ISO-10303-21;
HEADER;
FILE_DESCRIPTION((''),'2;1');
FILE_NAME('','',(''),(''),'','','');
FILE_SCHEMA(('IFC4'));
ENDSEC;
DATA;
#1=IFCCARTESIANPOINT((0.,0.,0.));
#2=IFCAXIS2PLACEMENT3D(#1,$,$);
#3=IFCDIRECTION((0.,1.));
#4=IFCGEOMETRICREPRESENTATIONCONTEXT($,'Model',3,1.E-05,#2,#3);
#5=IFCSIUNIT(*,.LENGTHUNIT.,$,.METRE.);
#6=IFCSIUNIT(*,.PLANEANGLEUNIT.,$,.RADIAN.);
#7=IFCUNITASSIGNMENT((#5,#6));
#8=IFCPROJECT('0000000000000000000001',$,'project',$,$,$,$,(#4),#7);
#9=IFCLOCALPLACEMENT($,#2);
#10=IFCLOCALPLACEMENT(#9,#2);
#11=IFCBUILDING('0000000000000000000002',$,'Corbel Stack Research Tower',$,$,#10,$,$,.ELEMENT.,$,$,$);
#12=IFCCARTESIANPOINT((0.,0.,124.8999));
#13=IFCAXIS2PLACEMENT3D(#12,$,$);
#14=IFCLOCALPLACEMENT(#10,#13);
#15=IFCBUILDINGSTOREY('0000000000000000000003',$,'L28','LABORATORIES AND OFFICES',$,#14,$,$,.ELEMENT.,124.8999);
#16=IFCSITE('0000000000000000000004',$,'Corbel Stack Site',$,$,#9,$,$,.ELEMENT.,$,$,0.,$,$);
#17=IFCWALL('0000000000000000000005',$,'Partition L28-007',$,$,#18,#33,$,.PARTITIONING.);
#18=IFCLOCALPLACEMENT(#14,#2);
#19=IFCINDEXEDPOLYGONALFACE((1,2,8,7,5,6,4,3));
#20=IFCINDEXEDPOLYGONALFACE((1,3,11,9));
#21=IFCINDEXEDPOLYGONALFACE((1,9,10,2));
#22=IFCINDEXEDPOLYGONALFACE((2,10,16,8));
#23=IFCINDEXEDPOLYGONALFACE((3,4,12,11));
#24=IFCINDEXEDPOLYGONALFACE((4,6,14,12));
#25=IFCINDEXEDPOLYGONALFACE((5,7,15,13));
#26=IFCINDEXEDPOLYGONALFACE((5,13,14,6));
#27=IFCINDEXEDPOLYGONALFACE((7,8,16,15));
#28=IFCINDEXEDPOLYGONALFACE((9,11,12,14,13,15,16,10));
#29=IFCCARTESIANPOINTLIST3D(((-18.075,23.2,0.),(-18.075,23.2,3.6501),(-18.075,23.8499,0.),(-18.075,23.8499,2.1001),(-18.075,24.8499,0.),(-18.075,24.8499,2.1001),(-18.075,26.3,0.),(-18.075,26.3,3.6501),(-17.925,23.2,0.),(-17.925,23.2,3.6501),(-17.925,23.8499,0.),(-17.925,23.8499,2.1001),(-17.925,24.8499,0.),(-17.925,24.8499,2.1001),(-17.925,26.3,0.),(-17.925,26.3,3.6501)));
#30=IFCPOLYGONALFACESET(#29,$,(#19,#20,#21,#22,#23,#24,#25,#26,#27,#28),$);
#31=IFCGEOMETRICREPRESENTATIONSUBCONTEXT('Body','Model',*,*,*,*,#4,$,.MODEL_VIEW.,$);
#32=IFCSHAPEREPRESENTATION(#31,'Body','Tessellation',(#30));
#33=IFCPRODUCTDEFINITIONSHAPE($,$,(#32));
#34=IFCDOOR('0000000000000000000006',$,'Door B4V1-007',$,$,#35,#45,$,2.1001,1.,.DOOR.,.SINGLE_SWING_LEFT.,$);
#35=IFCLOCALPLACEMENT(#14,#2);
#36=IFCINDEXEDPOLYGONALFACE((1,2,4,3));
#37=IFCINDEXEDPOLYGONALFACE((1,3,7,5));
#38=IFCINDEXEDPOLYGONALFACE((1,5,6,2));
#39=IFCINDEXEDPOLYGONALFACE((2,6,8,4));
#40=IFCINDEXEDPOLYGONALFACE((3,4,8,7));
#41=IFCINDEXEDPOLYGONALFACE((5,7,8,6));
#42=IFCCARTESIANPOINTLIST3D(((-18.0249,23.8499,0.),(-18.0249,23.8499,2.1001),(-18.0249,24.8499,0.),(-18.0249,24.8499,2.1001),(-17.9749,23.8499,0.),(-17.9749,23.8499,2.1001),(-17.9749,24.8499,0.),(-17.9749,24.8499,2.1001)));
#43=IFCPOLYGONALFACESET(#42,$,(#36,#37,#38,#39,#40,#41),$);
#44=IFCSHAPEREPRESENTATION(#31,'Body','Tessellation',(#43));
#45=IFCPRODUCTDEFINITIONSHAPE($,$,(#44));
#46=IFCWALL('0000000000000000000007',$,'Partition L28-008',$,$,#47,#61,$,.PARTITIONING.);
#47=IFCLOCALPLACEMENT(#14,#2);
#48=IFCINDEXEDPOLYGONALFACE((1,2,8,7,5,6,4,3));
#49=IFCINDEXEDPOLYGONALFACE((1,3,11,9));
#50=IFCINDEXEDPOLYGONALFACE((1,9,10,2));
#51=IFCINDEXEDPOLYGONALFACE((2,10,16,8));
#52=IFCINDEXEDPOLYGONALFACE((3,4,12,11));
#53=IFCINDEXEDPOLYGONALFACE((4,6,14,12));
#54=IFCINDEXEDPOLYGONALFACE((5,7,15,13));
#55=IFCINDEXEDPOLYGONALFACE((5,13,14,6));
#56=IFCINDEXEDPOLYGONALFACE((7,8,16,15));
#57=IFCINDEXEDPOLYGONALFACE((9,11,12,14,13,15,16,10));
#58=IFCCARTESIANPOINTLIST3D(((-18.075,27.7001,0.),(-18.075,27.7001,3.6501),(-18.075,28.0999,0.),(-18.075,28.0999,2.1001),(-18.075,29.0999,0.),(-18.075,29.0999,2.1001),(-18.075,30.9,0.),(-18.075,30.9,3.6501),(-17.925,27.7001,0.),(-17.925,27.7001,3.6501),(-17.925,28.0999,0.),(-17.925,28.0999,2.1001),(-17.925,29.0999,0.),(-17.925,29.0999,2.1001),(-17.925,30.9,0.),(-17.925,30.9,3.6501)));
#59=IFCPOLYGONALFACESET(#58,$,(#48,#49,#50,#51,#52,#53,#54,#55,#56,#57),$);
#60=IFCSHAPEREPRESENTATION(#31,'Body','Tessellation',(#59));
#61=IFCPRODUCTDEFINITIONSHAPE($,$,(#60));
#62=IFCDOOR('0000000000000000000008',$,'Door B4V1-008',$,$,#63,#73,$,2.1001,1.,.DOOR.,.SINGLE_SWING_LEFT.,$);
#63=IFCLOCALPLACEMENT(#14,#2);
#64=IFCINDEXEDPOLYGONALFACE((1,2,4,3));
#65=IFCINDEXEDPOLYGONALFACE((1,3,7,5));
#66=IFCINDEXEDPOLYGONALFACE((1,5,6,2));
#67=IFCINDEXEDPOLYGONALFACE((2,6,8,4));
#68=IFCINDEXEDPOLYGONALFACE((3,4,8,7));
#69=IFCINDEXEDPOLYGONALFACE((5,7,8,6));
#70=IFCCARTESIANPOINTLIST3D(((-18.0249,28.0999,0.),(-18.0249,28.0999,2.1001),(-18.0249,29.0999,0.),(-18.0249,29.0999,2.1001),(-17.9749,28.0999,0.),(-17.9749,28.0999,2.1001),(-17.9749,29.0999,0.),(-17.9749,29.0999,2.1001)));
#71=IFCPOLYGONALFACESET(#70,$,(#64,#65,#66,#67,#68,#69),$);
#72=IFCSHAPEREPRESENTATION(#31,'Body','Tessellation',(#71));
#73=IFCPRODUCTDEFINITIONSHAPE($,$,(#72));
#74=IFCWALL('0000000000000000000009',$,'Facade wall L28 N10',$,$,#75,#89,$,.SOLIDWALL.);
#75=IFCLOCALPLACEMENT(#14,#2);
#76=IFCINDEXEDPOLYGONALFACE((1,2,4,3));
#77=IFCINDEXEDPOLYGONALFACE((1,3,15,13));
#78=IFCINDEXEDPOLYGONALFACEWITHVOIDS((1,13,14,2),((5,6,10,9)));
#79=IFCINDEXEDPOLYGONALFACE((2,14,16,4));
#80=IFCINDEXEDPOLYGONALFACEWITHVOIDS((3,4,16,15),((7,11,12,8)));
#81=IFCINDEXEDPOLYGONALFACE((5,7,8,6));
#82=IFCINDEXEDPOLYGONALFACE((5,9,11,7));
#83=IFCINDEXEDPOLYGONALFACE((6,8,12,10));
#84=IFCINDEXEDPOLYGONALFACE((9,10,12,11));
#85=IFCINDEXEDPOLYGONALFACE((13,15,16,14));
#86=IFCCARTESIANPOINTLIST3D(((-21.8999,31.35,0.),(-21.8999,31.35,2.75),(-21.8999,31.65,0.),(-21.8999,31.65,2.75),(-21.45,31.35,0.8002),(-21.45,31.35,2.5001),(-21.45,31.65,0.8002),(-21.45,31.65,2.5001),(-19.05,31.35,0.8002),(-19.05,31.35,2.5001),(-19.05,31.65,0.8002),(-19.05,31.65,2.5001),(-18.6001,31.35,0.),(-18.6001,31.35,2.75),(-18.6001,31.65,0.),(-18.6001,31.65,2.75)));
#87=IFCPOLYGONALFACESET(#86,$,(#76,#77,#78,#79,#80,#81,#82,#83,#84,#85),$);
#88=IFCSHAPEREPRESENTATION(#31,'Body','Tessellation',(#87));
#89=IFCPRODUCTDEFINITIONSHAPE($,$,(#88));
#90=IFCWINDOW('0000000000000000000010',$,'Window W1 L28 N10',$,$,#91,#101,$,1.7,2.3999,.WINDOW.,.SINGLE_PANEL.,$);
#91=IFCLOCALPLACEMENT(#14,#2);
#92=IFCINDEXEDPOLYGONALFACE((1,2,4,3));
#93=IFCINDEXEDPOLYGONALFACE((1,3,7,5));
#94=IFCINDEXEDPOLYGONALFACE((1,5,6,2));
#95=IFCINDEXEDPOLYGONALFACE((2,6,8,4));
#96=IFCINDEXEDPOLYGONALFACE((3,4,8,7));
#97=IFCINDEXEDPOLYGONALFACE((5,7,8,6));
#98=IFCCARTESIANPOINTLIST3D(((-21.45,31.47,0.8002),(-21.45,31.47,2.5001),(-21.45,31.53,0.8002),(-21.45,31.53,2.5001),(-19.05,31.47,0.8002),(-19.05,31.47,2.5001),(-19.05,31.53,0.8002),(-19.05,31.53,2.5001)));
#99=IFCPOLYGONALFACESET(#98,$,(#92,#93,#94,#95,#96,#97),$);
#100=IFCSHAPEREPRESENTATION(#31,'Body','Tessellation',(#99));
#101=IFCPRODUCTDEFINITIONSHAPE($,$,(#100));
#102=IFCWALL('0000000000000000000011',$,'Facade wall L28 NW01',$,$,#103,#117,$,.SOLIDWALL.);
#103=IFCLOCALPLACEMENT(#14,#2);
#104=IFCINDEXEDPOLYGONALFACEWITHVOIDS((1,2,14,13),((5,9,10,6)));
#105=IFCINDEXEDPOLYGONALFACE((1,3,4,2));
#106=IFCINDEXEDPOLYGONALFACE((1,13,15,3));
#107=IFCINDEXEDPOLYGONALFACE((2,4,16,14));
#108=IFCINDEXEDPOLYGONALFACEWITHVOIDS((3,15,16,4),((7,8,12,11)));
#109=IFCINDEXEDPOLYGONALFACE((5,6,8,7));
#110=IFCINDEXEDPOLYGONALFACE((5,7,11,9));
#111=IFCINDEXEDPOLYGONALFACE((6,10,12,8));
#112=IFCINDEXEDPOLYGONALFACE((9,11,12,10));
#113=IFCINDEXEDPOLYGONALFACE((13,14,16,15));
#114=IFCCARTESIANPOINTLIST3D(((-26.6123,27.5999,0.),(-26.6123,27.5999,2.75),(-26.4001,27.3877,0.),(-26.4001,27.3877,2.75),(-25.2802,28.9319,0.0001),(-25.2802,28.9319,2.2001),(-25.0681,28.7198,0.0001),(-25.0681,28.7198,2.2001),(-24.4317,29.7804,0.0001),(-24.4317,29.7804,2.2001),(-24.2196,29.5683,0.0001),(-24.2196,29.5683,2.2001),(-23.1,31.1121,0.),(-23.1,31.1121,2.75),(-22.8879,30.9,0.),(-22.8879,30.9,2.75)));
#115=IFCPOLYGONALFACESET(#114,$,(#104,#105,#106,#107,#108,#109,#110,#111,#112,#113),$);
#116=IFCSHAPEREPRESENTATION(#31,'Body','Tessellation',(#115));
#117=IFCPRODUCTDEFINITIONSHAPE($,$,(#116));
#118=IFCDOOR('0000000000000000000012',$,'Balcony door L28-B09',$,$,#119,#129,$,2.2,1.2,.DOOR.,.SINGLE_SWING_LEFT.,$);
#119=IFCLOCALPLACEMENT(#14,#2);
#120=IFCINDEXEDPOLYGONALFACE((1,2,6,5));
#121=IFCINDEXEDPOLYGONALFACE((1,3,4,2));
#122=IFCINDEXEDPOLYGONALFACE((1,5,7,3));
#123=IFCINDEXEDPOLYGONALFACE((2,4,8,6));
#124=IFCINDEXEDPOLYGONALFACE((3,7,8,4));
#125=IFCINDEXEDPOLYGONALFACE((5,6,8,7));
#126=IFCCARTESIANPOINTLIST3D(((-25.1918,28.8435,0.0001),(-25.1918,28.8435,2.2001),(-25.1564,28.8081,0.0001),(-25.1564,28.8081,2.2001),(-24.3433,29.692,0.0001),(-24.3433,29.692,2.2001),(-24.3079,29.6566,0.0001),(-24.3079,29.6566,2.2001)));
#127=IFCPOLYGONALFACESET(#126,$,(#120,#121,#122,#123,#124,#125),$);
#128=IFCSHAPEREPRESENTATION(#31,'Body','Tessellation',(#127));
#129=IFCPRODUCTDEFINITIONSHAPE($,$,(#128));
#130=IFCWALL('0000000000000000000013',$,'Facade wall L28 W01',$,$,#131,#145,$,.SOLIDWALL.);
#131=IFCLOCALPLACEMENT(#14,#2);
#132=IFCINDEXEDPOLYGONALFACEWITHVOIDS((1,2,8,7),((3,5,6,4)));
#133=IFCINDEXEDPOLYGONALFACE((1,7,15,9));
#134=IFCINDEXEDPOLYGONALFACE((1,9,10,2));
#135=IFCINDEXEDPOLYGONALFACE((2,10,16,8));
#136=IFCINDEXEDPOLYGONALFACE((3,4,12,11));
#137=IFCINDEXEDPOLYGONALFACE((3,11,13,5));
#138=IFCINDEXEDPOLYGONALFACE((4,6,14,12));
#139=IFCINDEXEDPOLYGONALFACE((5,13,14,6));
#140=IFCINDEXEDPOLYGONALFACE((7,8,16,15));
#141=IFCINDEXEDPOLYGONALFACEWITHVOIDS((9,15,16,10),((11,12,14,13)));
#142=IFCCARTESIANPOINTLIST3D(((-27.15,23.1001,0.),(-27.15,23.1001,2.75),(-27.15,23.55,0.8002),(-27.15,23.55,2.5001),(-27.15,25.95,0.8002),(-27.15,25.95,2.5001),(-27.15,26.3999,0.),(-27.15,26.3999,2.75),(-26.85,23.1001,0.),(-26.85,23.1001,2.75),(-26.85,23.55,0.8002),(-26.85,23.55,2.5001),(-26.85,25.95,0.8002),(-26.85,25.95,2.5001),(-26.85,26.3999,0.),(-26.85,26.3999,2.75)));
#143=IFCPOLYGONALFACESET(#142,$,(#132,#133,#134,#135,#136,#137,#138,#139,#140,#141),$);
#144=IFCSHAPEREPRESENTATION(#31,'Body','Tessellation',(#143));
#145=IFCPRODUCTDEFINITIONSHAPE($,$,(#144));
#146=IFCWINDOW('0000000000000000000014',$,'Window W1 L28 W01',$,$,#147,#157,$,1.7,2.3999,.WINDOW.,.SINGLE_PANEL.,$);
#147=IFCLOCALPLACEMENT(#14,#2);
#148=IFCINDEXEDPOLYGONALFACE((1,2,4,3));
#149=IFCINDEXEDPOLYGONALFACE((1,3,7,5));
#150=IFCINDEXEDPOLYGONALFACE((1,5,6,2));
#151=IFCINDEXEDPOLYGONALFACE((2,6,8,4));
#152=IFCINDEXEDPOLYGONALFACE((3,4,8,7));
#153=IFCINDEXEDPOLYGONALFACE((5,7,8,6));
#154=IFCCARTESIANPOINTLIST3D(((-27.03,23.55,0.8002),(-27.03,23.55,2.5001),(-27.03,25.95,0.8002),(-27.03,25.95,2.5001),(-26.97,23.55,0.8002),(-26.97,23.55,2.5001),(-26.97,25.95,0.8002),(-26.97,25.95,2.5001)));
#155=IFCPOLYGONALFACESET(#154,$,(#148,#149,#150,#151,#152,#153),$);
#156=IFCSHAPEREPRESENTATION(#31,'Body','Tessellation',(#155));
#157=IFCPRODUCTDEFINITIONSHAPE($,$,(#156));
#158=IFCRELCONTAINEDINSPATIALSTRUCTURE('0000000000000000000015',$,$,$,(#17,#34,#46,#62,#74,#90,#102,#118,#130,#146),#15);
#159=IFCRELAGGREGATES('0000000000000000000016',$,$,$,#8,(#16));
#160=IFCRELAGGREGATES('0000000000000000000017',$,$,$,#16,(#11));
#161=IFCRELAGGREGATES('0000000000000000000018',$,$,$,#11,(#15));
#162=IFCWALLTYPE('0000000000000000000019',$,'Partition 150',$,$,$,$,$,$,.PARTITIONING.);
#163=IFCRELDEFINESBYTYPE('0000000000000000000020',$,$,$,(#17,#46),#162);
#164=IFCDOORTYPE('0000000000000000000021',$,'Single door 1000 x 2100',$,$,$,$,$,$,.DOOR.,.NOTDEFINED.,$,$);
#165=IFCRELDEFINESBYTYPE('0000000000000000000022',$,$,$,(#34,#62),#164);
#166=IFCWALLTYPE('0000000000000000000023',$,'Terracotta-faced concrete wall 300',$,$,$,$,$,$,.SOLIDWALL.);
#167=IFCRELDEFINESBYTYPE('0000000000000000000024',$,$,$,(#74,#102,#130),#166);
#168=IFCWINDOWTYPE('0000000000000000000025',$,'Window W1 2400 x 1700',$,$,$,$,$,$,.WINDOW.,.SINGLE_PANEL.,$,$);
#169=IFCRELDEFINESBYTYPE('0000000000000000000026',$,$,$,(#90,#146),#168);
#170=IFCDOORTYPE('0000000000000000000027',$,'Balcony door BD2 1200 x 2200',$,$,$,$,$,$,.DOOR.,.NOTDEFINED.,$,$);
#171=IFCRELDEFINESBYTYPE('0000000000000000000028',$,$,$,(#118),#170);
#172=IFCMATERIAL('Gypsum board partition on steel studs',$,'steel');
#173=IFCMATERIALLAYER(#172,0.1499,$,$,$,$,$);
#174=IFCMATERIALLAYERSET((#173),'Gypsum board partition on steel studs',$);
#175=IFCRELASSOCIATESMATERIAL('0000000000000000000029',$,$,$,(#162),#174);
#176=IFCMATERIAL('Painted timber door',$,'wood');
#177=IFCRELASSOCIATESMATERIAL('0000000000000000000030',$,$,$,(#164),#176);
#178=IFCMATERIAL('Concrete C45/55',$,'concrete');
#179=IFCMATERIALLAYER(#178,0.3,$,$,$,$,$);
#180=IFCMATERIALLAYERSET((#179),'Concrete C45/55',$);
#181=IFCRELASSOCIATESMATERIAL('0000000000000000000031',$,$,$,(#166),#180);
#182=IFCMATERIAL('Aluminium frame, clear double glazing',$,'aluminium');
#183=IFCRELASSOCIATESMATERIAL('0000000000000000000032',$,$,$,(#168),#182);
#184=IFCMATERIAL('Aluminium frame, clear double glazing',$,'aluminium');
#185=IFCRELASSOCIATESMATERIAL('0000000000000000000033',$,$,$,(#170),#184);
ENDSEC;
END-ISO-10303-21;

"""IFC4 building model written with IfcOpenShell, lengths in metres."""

from ifc_helpers import new_model, si_unit, direction, frame, frame_2d, origin, place, context, subcontext, project, spatial, rectangle, extrude, material, layer, layer_set, type_object, element, fill, save


model = new_model("IFC4")

# Units and contexts
model_context = context("Model", 3, precision=1e-05, world=origin(), true_north=direction((0.0, 1.0)))
body_context = subcontext(model_context, "Body", "Model", "MODEL_VIEW")
ifc_project = project(units=[si_unit("LENGTHUNIT", "METRE"), si_unit("PLANEANGLEUNIT", "RADIAN")], contexts=[model_context])

# Site, building, storey
site_placement = place(None, origin())
site = spatial("IfcSite", under=ifc_project, at=site_placement, Name="Corbel Stack Site", CompositionType="ELEMENT", RefElevation=0.0)
building_placement = place(site_placement, origin())
building = spatial("IfcBuilding", under=site, at=building_placement, Name="Corbel Stack Research Tower", CompositionType="ELEMENT")
storey_placement = place(building_placement, frame((0.0, 0.0, 124.8999)))
storey = spatial("IfcBuildingStorey", under=building, at=storey_placement, Name="L28", Description="LABORATORIES AND OFFICES", CompositionType="ELEMENT", Elevation=124.8999)

# Walls, openings, doors
ifc_material_1 = material(Name="Gypsum board partition on steel studs", Category="steel")
ifc_layer_1 = layer(ifc_material_1, 0.1499)
ifc_layer_set_1 = layer_set([ifc_layer_1], Name="Gypsum board partition on steel studs")
wall_type_1 = type_object("IfcWallType", Name="Partition 150", PredefinedType="PARTITIONING", material=ifc_layer_set_1)
wall_1_placement = place(storey_placement, frame((-18.0, 23.2, 0.0), z_axis=(0.0, 0.0, 1.0), x_axis=(0.0, 1.0, 0.0)))
wall_1 = element("IfcWall", 1, at=wall_1_placement, inside=storey, type_object=wall_type_1, Name="Partition L28-007", PredefinedType="PARTITIONING", context=body_context, shape_type="SweptSolid", body=[
    extrude(rectangle(XDim=3.1001, YDim=0.1499, at=frame_2d((1.55, 0.0))), origin(), (0.0, 0.0, 1.0), 3.6501),
])
opening_1_placement = place(wall_1_placement, frame((0.6499, 0.0, 0.0)))
opening_1 = element("IfcOpeningElement", 2, at=opening_1_placement, cuts=wall_1, PredefinedType="OPENING", context=body_context, shape_type="SweptSolid", body=[
    extrude(rectangle(XDim=1.0, YDim=2.1001, at=frame_2d((0.5, 1.05))), frame((0.0, 0.085, 0.0), z_axis=(0.0, -1.0, 0.0), x_axis=(1.0, 0.0, 0.0)), (0.0, 0.0, 1.0), 0.1699),
])
ifc_material_2 = material(Name="Painted timber door", Category="wood")
door_type_1 = type_object("IfcDoorType", Name="Single door 1000 x 2100", OperationType="NOTDEFINED", PredefinedType="DOOR", material=ifc_material_2)
door_1_placement = place(opening_1_placement, origin())
door_1 = element("IfcDoor", 3, at=door_1_placement, inside=storey, type_object=door_type_1, Name="Door B4V1-007", OperationType="SINGLE_SWING_LEFT", OverallHeight=2.1001, OverallWidth=1.0, PredefinedType="DOOR", context=body_context, shape_type="SweptSolid", body=[
    extrude(rectangle(XDim=1.0, YDim=2.1001, at=frame_2d((0.5, 1.05))), frame((0.0, 0.0249, 0.0), z_axis=(0.0, -1.0, 0.0), x_axis=(1.0, 0.0, 0.0)), (0.0, 0.0, 1.0), 0.05),
])
fill(opening_1, door_1)
wall_2_placement = place(storey_placement, frame((-18.0, 27.7, 0.0), z_axis=(0.0, 0.0, 1.0), x_axis=(0.0, 1.0, 0.0)))
wall_2 = element("IfcWall", 4, at=wall_2_placement, inside=storey, type_object=wall_type_1, Name="Partition L28-008", PredefinedType="PARTITIONING", context=body_context, shape_type="SweptSolid", body=[
    extrude(rectangle(XDim=3.2, YDim=0.1499, at=frame_2d((1.6001, 0.0))), origin(), (0.0, 0.0, 1.0), 3.6501),
])
opening_2_placement = place(wall_2_placement, frame((0.3999, 0.0, 0.0)))
opening_2 = element("IfcOpeningElement", 5, at=opening_2_placement, cuts=wall_2, PredefinedType="OPENING", context=body_context, shape_type="SweptSolid", body=[
    extrude(rectangle(XDim=1.0, YDim=2.1001, at=frame_2d((0.5, 1.05))), frame((0.0, 0.085, 0.0), z_axis=(0.0, -1.0, 0.0), x_axis=(1.0, 0.0, 0.0)), (0.0, 0.0, 1.0), 0.1699),
])
door_2_placement = place(opening_2_placement, origin())
door_2 = element("IfcDoor", 6, at=door_2_placement, inside=storey, type_object=door_type_1, Name="Door B4V1-008", OperationType="SINGLE_SWING_LEFT", OverallHeight=2.1001, OverallWidth=1.0, PredefinedType="DOOR", context=body_context, shape_type="SweptSolid", body=[
    extrude(rectangle(XDim=1.0, YDim=2.1001, at=frame_2d((0.5, 1.05))), frame((0.0, 0.0249, 0.0), z_axis=(0.0, -1.0, 0.0), x_axis=(1.0, 0.0, 0.0)), (0.0, 0.0, 1.0), 0.05),
])
fill(opening_2, door_2)

# Wall, opening, window
ifc_material_3 = material(Name="Concrete C45/55", Category="concrete")
ifc_layer_2 = layer(ifc_material_3, 0.3)
ifc_layer_set_2 = layer_set([ifc_layer_2], Name="Concrete C45/55")
wall_type_2 = type_object("IfcWallType", Name="Terracotta-faced concrete wall 300", PredefinedType="SOLIDWALL", material=ifc_layer_set_2)
wall_3_placement = place(storey_placement, frame((-21.8999, 31.5, 0.0), z_axis=(0.0, 0.0, 1.0), x_axis=(1.0, 0.0, 0.0)))
wall_3 = element("IfcWall", 7, at=wall_3_placement, inside=storey, type_object=wall_type_2, Name="Facade wall L28 N10", PredefinedType="SOLIDWALL", context=body_context, shape_type="SweptSolid", body=[
    extrude(rectangle(XDim=3.2998, YDim=0.3, at=frame_2d((1.6499, 0.0))), origin(), (0.0, 0.0, 1.0), 2.75),
])
opening_3_placement = place(wall_3_placement, frame((0.45, 0.0, 0.8)))
opening_3 = element("IfcOpeningElement", 8, at=opening_3_placement, cuts=wall_3, PredefinedType="OPENING", context=body_context, shape_type="SweptSolid", body=[
    extrude(rectangle(XDim=2.3999, YDim=1.7, at=frame_2d((1.2, 0.8501))), frame((0.0, 0.1599, 0.0), z_axis=(0.0, -1.0, 0.0), x_axis=(1.0, 0.0, 0.0)), (0.0, 0.0, 1.0), 0.3201),
])
ifc_material_4 = material(Name="Aluminium frame, clear double glazing", Category="aluminium")
window_type = type_object("IfcWindowType", Name="Window W1 2400 x 1700", PartitioningType="SINGLE_PANEL", PredefinedType="WINDOW", material=ifc_material_4)
window_1_placement = place(opening_3_placement, origin())
window_1 = element("IfcWindow", 9, at=window_1_placement, inside=storey, type_object=window_type, Name="Window W1 L28 N10", OverallHeight=1.7, OverallWidth=2.3999, PartitioningType="SINGLE_PANEL", PredefinedType="WINDOW", context=body_context, shape_type="SweptSolid", body=[
    extrude(rectangle(XDim=2.3999, YDim=1.7, at=frame_2d((1.2, 0.8501))), frame((0.0, 0.03, 0.0), z_axis=(0.0, -1.0, 0.0), x_axis=(1.0, 0.0, 0.0)), (0.0, 0.0, 1.0), 0.0601),
])
fill(opening_3, window_1)

# Wall, opening, door
wall_4_placement = place(storey_placement, frame((-26.5061, 27.4939, 0.0), z_axis=(0.0, 0.0, 1.0), x_axis=(0.707107, 0.707107, 0.0)))
wall_4 = element("IfcWall", 10, at=wall_4_placement, inside=storey, type_object=wall_type_2, Name="Facade wall L28 NW01", PredefinedType="SOLIDWALL", context=body_context, shape_type="SweptSolid", body=[
    extrude(rectangle(XDim=4.967, YDim=0.3, at=frame_2d((2.4834, 0.0))), origin(), (0.0, 0.0, 1.0), 2.75),
])
opening_4_placement = place(wall_4_placement, frame((1.8835, 0.0, 0.0)))
opening_4 = element("IfcOpeningElement", 11, at=opening_4_placement, cuts=wall_4, PredefinedType="OPENING", context=body_context, shape_type="SweptSolid", body=[
    extrude(rectangle(XDim=1.2, YDim=2.2, at=frame_2d((0.6001, 1.1001))), frame((0.0, 0.1599, 0.0), z_axis=(0.0, -1.0, 0.0), x_axis=(1.0, 0.0, 0.0)), (0.0, 0.0, 1.0), 0.3201),
])
ifc_material_5 = material(Name="Aluminium frame, clear double glazing", Category="aluminium")
door_type_2 = type_object("IfcDoorType", Name="Balcony door BD2 1200 x 2200", OperationType="NOTDEFINED", PredefinedType="DOOR", material=ifc_material_5)
door_3_placement = place(opening_4_placement, origin())
door_3 = element("IfcDoor", 12, at=door_3_placement, inside=storey, type_object=door_type_2, Name="Balcony door L28-B09", OperationType="SINGLE_SWING_LEFT", OverallHeight=2.2, OverallWidth=1.2, PredefinedType="DOOR", context=body_context, shape_type="SweptSolid", body=[
    extrude(rectangle(XDim=1.2, YDim=2.2, at=frame_2d((0.6001, 1.1001))), frame((0.0, 0.0249, 0.0), z_axis=(0.0, -1.0, 0.0), x_axis=(1.0, 0.0, 0.0)), (0.0, 0.0, 1.0), 0.05),
])
fill(opening_4, door_3)

# Wall, opening, window
wall_5_placement = place(storey_placement, frame((-27.0, 23.1001, 0.0), z_axis=(0.0, 0.0, 1.0), x_axis=(0.0, 1.0, 0.0)))
wall_5 = element("IfcWall", 13, at=wall_5_placement, inside=storey, type_object=wall_type_2, Name="Facade wall L28 W01", PredefinedType="SOLIDWALL", context=body_context, shape_type="SweptSolid", body=[
    extrude(rectangle(XDim=3.2998, YDim=0.3, at=frame_2d((1.6499, 0.0))), origin(), (0.0, 0.0, 1.0), 2.75),
])
opening_5_placement = place(wall_5_placement, frame((0.45, 0.0, 0.8)))
opening_5 = element("IfcOpeningElement", 14, at=opening_5_placement, cuts=wall_5, PredefinedType="OPENING", context=body_context, shape_type="SweptSolid", body=[
    extrude(rectangle(XDim=2.3999, YDim=1.7, at=frame_2d((1.2, 0.8501))), frame((0.0, 0.1599, 0.0), z_axis=(0.0, -1.0, 0.0), x_axis=(1.0, 0.0, 0.0)), (0.0, 0.0, 1.0), 0.3201),
])
window_2_placement = place(opening_5_placement, origin())
window_2 = element("IfcWindow", 15, at=window_2_placement, inside=storey, type_object=window_type, Name="Window W1 L28 W01", OverallHeight=1.7, OverallWidth=2.3999, PartitioningType="SINGLE_PANEL", PredefinedType="WINDOW", context=body_context, shape_type="SweptSolid", body=[
    extrude(rectangle(XDim=2.3999, YDim=1.7, at=frame_2d((1.2, 0.8501))), frame((0.0, 0.03, 0.0), z_axis=(0.0, -1.0, 0.0), x_axis=(1.0, 0.0, 0.0)), (0.0, 0.0, 1.0), 0.0601),
])
fill(opening_5, window_2)

save(model, "model.ifc")
